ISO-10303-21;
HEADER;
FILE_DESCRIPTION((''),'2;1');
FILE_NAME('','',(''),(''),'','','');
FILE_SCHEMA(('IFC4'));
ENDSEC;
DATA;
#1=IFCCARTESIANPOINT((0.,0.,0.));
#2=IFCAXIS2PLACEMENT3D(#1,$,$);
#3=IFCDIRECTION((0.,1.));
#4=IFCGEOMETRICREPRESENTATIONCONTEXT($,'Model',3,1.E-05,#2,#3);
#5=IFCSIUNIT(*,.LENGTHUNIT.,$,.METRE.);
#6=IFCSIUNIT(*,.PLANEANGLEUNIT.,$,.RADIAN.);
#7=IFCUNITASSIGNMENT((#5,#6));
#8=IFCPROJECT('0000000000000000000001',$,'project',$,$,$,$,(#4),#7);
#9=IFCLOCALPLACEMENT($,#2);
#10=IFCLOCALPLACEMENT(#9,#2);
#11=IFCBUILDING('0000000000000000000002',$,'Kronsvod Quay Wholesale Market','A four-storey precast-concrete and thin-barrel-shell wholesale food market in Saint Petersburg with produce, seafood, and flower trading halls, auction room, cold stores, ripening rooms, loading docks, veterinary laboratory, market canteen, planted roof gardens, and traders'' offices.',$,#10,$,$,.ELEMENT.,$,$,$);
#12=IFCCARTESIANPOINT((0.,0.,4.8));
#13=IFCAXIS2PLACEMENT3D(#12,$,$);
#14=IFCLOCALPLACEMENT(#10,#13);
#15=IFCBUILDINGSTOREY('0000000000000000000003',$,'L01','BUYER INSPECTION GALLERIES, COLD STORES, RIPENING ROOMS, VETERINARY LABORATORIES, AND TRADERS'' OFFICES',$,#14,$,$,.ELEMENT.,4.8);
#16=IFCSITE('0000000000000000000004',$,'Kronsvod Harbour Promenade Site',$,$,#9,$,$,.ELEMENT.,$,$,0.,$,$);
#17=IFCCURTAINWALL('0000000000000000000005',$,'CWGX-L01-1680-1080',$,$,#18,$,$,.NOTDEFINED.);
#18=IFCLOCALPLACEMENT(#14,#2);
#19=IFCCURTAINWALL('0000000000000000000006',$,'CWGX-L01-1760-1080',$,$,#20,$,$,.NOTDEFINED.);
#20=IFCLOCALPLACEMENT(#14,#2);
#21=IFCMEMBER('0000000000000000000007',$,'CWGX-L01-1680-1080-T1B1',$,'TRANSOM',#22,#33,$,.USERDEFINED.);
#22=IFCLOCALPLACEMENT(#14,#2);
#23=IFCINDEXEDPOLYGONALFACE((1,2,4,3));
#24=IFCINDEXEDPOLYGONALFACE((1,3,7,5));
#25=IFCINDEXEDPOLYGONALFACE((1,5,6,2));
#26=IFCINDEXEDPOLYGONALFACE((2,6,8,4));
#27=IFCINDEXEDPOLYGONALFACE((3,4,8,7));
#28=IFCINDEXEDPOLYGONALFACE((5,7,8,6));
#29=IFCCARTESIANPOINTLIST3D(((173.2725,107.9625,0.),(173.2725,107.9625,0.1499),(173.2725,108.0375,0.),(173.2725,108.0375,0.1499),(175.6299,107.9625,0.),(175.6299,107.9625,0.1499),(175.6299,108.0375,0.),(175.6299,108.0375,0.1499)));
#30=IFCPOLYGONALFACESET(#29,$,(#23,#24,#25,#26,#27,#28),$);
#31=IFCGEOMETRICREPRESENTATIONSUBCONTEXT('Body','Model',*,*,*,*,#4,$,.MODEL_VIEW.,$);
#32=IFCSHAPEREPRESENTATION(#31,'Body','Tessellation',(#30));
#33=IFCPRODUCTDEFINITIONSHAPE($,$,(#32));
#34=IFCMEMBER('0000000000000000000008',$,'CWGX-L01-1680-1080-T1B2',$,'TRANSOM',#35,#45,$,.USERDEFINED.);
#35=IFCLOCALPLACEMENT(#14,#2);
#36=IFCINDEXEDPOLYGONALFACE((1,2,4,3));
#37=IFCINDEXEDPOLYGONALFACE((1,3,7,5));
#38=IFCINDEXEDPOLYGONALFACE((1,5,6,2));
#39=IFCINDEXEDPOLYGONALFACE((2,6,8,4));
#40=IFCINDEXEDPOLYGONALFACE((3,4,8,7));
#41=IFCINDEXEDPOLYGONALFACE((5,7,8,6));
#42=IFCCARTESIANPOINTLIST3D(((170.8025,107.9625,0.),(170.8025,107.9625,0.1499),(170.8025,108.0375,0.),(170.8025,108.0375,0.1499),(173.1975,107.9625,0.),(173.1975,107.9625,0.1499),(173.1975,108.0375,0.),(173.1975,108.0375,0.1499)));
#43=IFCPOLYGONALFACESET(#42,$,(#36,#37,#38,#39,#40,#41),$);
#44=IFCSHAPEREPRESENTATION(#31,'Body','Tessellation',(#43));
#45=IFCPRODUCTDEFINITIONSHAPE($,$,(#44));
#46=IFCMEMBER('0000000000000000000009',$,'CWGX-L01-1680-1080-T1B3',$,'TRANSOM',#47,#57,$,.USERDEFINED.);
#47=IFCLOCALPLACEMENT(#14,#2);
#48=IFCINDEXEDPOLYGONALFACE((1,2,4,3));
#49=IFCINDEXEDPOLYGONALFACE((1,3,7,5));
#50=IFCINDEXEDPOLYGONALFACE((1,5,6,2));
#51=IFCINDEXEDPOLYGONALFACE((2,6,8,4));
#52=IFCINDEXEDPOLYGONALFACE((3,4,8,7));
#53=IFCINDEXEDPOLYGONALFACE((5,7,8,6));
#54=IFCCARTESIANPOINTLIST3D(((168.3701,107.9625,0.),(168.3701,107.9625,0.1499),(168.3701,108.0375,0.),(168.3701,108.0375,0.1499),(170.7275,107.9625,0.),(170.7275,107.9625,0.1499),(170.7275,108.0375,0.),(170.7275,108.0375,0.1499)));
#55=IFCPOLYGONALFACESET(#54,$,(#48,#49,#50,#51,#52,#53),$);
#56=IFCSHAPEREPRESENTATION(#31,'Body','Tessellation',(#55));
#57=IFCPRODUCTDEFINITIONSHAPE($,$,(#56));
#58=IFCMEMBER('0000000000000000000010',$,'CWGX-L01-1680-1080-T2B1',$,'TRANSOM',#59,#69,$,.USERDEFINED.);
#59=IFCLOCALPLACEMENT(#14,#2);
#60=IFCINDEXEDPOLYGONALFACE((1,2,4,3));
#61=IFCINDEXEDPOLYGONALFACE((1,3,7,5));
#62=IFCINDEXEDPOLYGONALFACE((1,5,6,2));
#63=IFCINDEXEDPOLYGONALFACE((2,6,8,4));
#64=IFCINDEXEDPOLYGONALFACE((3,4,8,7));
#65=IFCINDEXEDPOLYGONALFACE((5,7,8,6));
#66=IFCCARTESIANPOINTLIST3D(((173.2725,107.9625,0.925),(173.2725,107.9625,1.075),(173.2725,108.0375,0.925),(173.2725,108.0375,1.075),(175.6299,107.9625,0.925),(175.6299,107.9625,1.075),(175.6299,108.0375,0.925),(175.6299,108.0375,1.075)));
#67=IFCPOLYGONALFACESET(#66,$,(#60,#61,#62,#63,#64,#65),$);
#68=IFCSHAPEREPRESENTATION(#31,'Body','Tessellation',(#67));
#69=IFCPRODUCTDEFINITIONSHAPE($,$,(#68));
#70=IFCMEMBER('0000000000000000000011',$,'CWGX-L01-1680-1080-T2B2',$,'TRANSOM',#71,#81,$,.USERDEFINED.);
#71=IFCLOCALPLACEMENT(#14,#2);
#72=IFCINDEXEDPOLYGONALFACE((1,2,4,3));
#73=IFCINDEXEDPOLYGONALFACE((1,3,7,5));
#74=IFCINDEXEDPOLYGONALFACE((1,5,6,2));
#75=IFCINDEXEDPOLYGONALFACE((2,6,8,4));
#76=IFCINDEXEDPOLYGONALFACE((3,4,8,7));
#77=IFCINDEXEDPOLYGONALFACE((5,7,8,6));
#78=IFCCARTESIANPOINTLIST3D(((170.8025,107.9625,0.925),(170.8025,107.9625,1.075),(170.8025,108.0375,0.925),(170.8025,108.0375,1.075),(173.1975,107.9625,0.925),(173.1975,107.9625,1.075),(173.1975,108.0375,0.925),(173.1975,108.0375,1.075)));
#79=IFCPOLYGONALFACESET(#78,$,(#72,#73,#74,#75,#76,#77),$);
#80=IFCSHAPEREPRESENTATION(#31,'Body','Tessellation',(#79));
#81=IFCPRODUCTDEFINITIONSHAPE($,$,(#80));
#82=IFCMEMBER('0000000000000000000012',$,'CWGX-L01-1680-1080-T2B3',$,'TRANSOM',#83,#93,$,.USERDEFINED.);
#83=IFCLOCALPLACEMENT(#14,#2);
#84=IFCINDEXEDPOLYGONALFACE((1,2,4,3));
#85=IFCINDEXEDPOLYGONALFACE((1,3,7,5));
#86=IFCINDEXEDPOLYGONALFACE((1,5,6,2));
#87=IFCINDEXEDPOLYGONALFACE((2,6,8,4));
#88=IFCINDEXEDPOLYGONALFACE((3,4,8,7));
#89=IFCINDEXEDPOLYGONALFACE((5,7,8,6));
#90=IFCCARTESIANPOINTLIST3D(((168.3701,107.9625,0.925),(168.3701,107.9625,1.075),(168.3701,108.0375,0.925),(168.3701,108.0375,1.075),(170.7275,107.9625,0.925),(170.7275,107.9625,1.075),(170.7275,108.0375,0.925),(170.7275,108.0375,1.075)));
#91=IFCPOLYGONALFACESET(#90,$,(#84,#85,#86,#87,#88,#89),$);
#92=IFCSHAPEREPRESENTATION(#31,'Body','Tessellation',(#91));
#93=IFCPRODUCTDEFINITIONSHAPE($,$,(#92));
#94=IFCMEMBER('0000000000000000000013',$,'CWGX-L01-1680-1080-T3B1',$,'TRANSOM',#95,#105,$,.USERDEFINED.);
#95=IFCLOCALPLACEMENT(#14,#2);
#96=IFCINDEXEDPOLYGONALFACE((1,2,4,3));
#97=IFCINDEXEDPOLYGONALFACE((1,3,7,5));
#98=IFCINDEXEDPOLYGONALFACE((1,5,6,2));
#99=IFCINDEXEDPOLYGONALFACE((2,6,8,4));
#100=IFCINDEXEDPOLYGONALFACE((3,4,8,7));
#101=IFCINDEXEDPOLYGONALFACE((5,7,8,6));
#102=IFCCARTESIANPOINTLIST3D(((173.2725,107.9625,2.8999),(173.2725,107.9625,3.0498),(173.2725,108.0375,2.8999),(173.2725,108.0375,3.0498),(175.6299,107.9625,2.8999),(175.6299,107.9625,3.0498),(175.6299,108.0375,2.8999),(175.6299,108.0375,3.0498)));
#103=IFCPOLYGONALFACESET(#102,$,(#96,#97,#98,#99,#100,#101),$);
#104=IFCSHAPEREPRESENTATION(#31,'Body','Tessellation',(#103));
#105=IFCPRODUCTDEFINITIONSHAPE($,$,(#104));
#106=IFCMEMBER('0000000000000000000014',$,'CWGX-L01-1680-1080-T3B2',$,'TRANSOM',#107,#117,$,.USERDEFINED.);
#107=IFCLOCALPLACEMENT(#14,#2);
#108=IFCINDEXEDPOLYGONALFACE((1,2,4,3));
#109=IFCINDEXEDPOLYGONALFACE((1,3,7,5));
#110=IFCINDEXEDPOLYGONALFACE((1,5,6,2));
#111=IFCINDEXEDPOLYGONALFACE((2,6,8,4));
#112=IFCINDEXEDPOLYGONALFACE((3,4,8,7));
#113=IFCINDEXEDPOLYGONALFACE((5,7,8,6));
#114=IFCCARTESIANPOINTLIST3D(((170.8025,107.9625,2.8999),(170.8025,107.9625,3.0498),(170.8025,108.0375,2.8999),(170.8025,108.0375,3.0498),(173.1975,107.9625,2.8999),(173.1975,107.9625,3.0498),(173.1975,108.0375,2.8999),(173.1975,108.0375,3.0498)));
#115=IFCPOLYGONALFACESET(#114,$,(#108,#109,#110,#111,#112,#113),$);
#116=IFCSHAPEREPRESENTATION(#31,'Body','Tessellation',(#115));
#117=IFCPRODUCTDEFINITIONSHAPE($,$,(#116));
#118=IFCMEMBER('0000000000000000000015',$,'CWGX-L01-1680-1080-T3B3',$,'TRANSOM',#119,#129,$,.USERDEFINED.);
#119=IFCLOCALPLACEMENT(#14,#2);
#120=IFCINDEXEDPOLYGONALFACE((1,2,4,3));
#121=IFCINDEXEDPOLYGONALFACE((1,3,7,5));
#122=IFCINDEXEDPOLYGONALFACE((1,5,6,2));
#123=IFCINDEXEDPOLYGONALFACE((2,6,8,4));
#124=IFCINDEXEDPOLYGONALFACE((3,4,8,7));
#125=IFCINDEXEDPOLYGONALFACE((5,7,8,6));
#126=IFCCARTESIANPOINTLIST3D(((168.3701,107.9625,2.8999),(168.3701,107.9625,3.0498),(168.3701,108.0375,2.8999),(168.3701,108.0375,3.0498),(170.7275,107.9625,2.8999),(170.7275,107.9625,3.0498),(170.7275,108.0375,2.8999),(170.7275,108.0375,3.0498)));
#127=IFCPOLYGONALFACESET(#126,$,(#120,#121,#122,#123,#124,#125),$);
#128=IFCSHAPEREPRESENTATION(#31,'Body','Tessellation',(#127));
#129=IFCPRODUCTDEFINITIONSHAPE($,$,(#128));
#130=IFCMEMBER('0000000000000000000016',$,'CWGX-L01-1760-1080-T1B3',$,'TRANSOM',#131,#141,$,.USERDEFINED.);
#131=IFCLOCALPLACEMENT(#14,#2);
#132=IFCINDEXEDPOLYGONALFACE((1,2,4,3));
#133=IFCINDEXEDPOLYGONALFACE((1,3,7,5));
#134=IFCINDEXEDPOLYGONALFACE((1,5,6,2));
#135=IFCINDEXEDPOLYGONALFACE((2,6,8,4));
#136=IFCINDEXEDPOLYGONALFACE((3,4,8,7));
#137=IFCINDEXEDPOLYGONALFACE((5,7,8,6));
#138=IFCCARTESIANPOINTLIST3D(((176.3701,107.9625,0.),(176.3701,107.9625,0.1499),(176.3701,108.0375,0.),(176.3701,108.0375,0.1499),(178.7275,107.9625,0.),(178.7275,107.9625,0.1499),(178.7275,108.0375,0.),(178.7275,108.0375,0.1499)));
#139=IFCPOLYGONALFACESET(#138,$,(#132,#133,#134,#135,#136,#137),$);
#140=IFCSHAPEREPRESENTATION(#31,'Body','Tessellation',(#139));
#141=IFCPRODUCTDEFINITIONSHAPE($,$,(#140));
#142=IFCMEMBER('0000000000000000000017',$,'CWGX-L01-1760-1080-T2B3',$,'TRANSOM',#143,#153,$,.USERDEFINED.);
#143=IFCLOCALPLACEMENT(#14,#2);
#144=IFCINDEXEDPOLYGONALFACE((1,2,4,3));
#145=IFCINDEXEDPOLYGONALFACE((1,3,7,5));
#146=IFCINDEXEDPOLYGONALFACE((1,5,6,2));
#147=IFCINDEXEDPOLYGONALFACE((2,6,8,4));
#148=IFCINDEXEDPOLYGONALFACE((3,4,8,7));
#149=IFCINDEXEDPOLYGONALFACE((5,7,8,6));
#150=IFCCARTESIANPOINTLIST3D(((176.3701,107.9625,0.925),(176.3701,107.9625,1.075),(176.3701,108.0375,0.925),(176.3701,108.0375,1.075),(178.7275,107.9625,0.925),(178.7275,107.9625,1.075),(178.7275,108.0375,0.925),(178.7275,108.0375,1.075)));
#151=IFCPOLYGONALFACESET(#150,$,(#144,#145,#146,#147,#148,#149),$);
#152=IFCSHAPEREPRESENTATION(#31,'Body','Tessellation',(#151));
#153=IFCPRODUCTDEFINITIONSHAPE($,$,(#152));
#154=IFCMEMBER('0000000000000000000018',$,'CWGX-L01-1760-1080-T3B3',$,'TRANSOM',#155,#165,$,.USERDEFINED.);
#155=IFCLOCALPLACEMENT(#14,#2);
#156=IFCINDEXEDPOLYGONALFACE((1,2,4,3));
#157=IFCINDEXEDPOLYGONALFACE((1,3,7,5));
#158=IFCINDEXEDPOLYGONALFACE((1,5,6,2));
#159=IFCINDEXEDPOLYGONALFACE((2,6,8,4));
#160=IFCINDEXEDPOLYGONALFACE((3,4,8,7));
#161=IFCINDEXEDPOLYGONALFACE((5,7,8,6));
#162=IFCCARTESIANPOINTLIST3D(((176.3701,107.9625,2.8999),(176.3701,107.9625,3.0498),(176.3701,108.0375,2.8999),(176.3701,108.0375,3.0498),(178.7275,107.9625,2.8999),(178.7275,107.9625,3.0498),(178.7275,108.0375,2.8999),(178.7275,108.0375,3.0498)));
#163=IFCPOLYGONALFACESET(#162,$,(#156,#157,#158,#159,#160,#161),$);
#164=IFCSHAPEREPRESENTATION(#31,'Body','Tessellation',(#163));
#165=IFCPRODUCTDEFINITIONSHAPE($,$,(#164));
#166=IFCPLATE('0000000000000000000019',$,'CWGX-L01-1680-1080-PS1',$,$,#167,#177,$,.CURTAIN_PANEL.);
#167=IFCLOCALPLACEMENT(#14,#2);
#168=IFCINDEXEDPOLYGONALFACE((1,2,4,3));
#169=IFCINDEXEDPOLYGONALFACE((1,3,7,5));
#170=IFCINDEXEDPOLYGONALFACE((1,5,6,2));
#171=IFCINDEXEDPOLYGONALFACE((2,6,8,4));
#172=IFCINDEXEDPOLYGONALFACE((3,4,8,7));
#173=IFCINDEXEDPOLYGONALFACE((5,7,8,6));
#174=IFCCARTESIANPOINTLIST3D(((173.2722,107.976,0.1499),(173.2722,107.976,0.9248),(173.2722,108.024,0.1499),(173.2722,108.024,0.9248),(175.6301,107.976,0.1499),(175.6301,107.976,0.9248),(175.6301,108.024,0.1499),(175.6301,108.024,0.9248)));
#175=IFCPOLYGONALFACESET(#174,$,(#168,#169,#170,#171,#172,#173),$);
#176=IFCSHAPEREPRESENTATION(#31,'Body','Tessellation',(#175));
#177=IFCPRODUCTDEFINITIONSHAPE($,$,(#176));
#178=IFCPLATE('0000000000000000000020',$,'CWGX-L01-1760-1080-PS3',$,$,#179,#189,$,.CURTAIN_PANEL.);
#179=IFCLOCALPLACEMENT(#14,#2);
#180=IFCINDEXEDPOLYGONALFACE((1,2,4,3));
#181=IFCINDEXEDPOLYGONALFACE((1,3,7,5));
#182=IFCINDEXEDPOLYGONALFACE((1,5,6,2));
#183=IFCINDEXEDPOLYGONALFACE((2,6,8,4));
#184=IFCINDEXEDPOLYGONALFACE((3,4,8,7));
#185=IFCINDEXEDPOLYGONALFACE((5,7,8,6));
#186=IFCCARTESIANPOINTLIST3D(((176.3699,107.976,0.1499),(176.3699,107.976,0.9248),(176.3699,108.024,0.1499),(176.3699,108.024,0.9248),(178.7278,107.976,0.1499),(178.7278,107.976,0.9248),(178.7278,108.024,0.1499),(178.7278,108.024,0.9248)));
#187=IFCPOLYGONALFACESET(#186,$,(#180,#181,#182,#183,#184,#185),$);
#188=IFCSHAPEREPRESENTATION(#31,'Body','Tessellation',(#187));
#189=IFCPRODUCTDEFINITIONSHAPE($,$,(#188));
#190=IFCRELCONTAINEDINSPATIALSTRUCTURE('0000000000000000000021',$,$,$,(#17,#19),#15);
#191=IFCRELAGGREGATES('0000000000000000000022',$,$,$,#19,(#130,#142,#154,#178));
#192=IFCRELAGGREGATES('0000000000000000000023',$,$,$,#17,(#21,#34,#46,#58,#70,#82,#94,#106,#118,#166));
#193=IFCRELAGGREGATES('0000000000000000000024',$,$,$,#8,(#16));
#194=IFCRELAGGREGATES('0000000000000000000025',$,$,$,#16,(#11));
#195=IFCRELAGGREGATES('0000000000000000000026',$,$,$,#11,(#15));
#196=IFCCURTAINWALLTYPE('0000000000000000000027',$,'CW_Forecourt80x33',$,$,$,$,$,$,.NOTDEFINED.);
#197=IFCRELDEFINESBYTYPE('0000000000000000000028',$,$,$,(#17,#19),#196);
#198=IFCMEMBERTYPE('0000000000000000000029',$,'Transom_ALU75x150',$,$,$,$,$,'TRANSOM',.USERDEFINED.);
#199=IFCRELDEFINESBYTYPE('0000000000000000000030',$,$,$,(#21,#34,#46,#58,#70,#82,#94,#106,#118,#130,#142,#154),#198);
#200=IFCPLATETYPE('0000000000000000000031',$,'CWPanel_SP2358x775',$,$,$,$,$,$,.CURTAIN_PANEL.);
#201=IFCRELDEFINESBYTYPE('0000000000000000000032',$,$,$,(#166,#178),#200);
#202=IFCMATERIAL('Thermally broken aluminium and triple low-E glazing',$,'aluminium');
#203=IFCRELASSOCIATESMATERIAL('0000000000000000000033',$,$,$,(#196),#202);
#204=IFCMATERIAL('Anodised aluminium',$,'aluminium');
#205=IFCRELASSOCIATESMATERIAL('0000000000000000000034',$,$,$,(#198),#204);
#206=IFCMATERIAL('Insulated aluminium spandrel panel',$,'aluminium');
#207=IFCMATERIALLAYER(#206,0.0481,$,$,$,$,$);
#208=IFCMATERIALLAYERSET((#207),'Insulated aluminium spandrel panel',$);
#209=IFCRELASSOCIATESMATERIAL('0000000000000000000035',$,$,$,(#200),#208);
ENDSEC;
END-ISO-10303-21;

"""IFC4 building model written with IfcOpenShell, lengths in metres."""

from ifc_helpers import new_model, si_unit, direction, frame, origin, origin_2d, place, context, subcontext, project, spatial, rectangle, extrude, material, layer, layer_set, material_profile, profile_set, type_object, element, aggregate, save


model = new_model("IFC4")

# Units and contexts
model_context = context("Model", 3, precision=1e-05, world=origin(), true_north=direction((0.0, 1.0)))
body_context = subcontext(model_context, "Body", "Model", "MODEL_VIEW")
ifc_project = project(units=[si_unit("LENGTHUNIT", "METRE"), si_unit("PLANEANGLEUNIT", "RADIAN")], contexts=[model_context])

# Site, building, storey
site_placement = place(None, origin())
site = spatial("IfcSite", under=ifc_project, at=site_placement, Name="Kronsvod Harbour Promenade Site", CompositionType="ELEMENT", RefElevation=0.0)
building_placement = place(site_placement, origin())
building = spatial("IfcBuilding", under=site, at=building_placement, Name="Kronsvod Quay Wholesale Market", Description="A four-storey precast-concrete and thin-barrel-shell wholesale food market in Saint Petersburg with produce, seafood, and flower trading halls, auction room, cold stores, ripening rooms, loading docks, veterinary laboratory, market canteen, planted roof gardens, and traders' offices.", CompositionType="ELEMENT")
storey_placement = place(building_placement, frame((0.0, 0.0, 4.8)))
storey = spatial("IfcBuildingStorey", under=building, at=storey_placement, Name="L01", Description="BUYER INSPECTION GALLERIES, COLD STORES, RIPENING ROOMS, VETERINARY LABORATORIES, AND TRADERS' OFFICES", CompositionType="ELEMENT", Elevation=4.8)

# Curtain walls
ifc_material_1 = material(Name="Thermally broken aluminium and triple low-E glazing", Category="aluminium")
curtain_wall_type = type_object("IfcCurtainWallType", Name="CW_Forecourt80x33", PredefinedType="NOTDEFINED", material=ifc_material_1)
curtain_wall_1_placement = place(storey_placement, origin())
curtain_wall_1 = element("IfcCurtainWall", 1, at=curtain_wall_1_placement, inside=storey, type_object=curtain_wall_type, Name="CWGX-L01-1680-1080", PredefinedType="NOTDEFINED")
curtain_wall_2_placement = place(storey_placement, origin())
curtain_wall_2 = element("IfcCurtainWall", 2, at=curtain_wall_2_placement, inside=storey, type_object=curtain_wall_type, Name="CWGX-L01-1760-1080", PredefinedType="NOTDEFINED")

# Members
ifc_material_2 = material(Name="Anodised aluminium", Category="aluminium")
ifc_material_profile_1 = material_profile(ifc_material_2, rectangle(XDim=0.075, YDim=0.1499, at=origin_2d()), Name="ALUT75x150")
ifc_profile_set_1 = profile_set([ifc_material_profile_1], Name="Anodised aluminium")
member_type_1 = type_object("IfcMemberType", Name="Transom_ALU75x150", ElementType="TRANSOM", PredefinedType="USERDEFINED", material=ifc_profile_set_1)
member_1_placement = place(storey_placement, frame((175.6299, 108.0, 0.075), z_axis=(-1.0, 0.0, 0.0), x_axis=(0.0, -1.0, 0.0)))
member_1 = element("IfcMember", 3, at=member_1_placement, type_object=member_type_1, Name="CWGX-L01-1680-1080-T1B1", ObjectType="TRANSOM", PredefinedType="USERDEFINED", context=body_context, shape_type="SweptSolid", body=[
    extrude(rectangle(XDim=0.075, YDim=0.1499, at=origin_2d()), origin(), (0.0, 0.0, 1.0), 2.3574),
])
member_2_placement = place(storey_placement, frame((173.1975, 108.0, 0.075), z_axis=(-1.0, 0.0, 0.0), x_axis=(0.0, -1.0, 0.0)))
member_2 = element("IfcMember", 4, at=member_2_placement, type_object=member_type_1, Name="CWGX-L01-1680-1080-T1B2", ObjectType="TRANSOM", PredefinedType="USERDEFINED", context=body_context, shape_type="SweptSolid", body=[
    extrude(rectangle(XDim=0.075, YDim=0.1499, at=origin_2d()), origin(), (0.0, 0.0, 1.0), 2.395),
])
member_3_placement = place(storey_placement, frame((170.7275, 108.0, 0.075), z_axis=(-1.0, 0.0, 0.0), x_axis=(0.0, -1.0, 0.0)))
member_3 = element("IfcMember", 5, at=member_3_placement, type_object=member_type_1, Name="CWGX-L01-1680-1080-T1B3", ObjectType="TRANSOM", PredefinedType="USERDEFINED", context=body_context, shape_type="SweptSolid", body=[
    extrude(rectangle(XDim=0.075, YDim=0.1499, at=origin_2d()), origin(), (0.0, 0.0, 1.0), 2.3574),
])
member_4_placement = place(storey_placement, frame((175.6299, 108.0, 1.0), z_axis=(-1.0, 0.0, 0.0), x_axis=(0.0, -1.0, 0.0)))
member_4 = element("IfcMember", 6, at=member_4_placement, type_object=member_type_1, Name="CWGX-L01-1680-1080-T2B1", ObjectType="TRANSOM", PredefinedType="USERDEFINED", context=body_context, shape_type="SweptSolid", body=[
    extrude(rectangle(XDim=0.075, YDim=0.1499, at=origin_2d()), origin(), (0.0, 0.0, 1.0), 2.3574),
])
member_5_placement = place(storey_placement, frame((173.1975, 108.0, 1.0), z_axis=(-1.0, 0.0, 0.0), x_axis=(0.0, -1.0, 0.0)))
member_5 = element("IfcMember", 7, at=member_5_placement, type_object=member_type_1, Name="CWGX-L01-1680-1080-T2B2", ObjectType="TRANSOM", PredefinedType="USERDEFINED", context=body_context, shape_type="SweptSolid", body=[
    extrude(rectangle(XDim=0.075, YDim=0.1499, at=origin_2d()), origin(), (0.0, 0.0, 1.0), 2.395),
])
member_6_placement = place(storey_placement, frame((170.7275, 108.0, 1.0), z_axis=(-1.0, 0.0, 0.0), x_axis=(0.0, -1.0, 0.0)))
member_6 = element("IfcMember", 8, at=member_6_placement, type_object=member_type_1, Name="CWGX-L01-1680-1080-T2B3", ObjectType="TRANSOM", PredefinedType="USERDEFINED", context=body_context, shape_type="SweptSolid", body=[
    extrude(rectangle(XDim=0.075, YDim=0.1499, at=origin_2d()), origin(), (0.0, 0.0, 1.0), 2.3574),
])
member_7_placement = place(storey_placement, frame((175.6299, 108.0, 2.9749), z_axis=(-1.0, 0.0, 0.0), x_axis=(0.0, -1.0, 0.0)))
member_7 = element("IfcMember", 9, at=member_7_placement, type_object=member_type_1, Name="CWGX-L01-1680-1080-T3B1", ObjectType="TRANSOM", PredefinedType="USERDEFINED", context=body_context, shape_type="SweptSolid", body=[
    extrude(rectangle(XDim=0.075, YDim=0.1499, at=origin_2d()), origin(), (0.0, 0.0, 1.0), 2.3574),
])
member_8_placement = place(storey_placement, frame((173.1975, 108.0, 2.9749), z_axis=(-1.0, 0.0, 0.0), x_axis=(0.0, -1.0, 0.0)))
member_8 = element("IfcMember", 10, at=member_8_placement, type_object=member_type_1, Name="CWGX-L01-1680-1080-T3B2", ObjectType="TRANSOM", PredefinedType="USERDEFINED", context=body_context, shape_type="SweptSolid", body=[
    extrude(rectangle(XDim=0.075, YDim=0.1499, at=origin_2d()), origin(), (0.0, 0.0, 1.0), 2.395),
])
member_9_placement = place(storey_placement, frame((170.7275, 108.0, 2.9749), z_axis=(-1.0, 0.0, 0.0), x_axis=(0.0, -1.0, 0.0)))
member_9 = element("IfcMember", 11, at=member_9_placement, type_object=member_type_1, Name="CWGX-L01-1680-1080-T3B3", ObjectType="TRANSOM", PredefinedType="USERDEFINED", context=body_context, shape_type="SweptSolid", body=[
    extrude(rectangle(XDim=0.075, YDim=0.1499, at=origin_2d()), origin(), (0.0, 0.0, 1.0), 2.3574),
])
member_10_placement = place(storey_placement, frame((178.7275, 108.0, 0.075), z_axis=(-1.0, 0.0, 0.0), x_axis=(0.0, -1.0, 0.0)))
member_10 = element("IfcMember", 12, at=member_10_placement, type_object=member_type_1, Name="CWGX-L01-1760-1080-T1B3", ObjectType="TRANSOM", PredefinedType="USERDEFINED", context=body_context, shape_type="SweptSolid", body=[
    extrude(rectangle(XDim=0.075, YDim=0.1499, at=origin_2d()), origin(), (0.0, 0.0, 1.0), 2.3574),
])
member_11_placement = place(storey_placement, frame((178.7275, 108.0, 1.0), z_axis=(-1.0, 0.0, 0.0), x_axis=(0.0, -1.0, 0.0)))
member_11 = element("IfcMember", 13, at=member_11_placement, type_object=member_type_1, Name="CWGX-L01-1760-1080-T2B3", ObjectType="TRANSOM", PredefinedType="USERDEFINED", context=body_context, shape_type="SweptSolid", body=[
    extrude(rectangle(XDim=0.075, YDim=0.1499, at=origin_2d()), origin(), (0.0, 0.0, 1.0), 2.3574),
])
member_12_placement = place(storey_placement, frame((178.7275, 108.0, 2.9749), z_axis=(-1.0, 0.0, 0.0), x_axis=(0.0, -1.0, 0.0)))
member_12 = element("IfcMember", 14, at=member_12_placement, type_object=member_type_1, Name="CWGX-L01-1760-1080-T3B3", ObjectType="TRANSOM", PredefinedType="USERDEFINED", context=body_context, shape_type="SweptSolid", body=[
    extrude(rectangle(XDim=0.075, YDim=0.1499, at=origin_2d()), origin(), (0.0, 0.0, 1.0), 2.3574),
])

# Plates
ifc_material_3 = material(Name="Insulated aluminium spandrel panel", Category="aluminium")
ifc_layer_1 = layer(ifc_material_3, 0.0481)
ifc_layer_set_1 = layer_set([ifc_layer_1], Name="Insulated aluminium spandrel panel")
plate_type_1 = type_object("IfcPlateType", Name="CWPanel_SP2358x775", PredefinedType="CURTAIN_PANEL", material=ifc_layer_set_1)
plate_1_placement = place(storey_placement, frame((174.4512, 108.0, 0.1499), z_axis=(0.0, 0.0, 1.0), x_axis=(-1.0, 0.0, 0.0)))
plate_1 = element("IfcPlate", 15, at=plate_1_placement, type_object=plate_type_1, Name="CWGX-L01-1680-1080-PS1", PredefinedType="CURTAIN_PANEL", context=body_context, shape_type="SweptSolid", body=[
    extrude(rectangle(XDim=2.3579, YDim=0.0481, at=origin_2d()), origin(), (0.0, 0.0, 1.0), 0.7749),
])
plate_2_placement = place(storey_placement, frame((177.5488, 108.0, 0.1499), z_axis=(0.0, 0.0, 1.0), x_axis=(-1.0, 0.0, 0.0)))
plate_2 = element("IfcPlate", 16, at=plate_2_placement, type_object=plate_type_1, Name="CWGX-L01-1760-1080-PS3", PredefinedType="CURTAIN_PANEL", context=body_context, shape_type="SweptSolid", body=[
    extrude(rectangle(XDim=2.3579, YDim=0.0481, at=origin_2d()), origin(), (0.0, 0.0, 1.0), 0.7749),
])
aggregate(curtain_wall_2, [member_10, member_11, member_12, plate_2])
aggregate(curtain_wall_1, [member_1, member_2, member_3, member_4, member_5, member_6, member_7, member_8, member_9, plate_1])

save(model, "model.ifc")
